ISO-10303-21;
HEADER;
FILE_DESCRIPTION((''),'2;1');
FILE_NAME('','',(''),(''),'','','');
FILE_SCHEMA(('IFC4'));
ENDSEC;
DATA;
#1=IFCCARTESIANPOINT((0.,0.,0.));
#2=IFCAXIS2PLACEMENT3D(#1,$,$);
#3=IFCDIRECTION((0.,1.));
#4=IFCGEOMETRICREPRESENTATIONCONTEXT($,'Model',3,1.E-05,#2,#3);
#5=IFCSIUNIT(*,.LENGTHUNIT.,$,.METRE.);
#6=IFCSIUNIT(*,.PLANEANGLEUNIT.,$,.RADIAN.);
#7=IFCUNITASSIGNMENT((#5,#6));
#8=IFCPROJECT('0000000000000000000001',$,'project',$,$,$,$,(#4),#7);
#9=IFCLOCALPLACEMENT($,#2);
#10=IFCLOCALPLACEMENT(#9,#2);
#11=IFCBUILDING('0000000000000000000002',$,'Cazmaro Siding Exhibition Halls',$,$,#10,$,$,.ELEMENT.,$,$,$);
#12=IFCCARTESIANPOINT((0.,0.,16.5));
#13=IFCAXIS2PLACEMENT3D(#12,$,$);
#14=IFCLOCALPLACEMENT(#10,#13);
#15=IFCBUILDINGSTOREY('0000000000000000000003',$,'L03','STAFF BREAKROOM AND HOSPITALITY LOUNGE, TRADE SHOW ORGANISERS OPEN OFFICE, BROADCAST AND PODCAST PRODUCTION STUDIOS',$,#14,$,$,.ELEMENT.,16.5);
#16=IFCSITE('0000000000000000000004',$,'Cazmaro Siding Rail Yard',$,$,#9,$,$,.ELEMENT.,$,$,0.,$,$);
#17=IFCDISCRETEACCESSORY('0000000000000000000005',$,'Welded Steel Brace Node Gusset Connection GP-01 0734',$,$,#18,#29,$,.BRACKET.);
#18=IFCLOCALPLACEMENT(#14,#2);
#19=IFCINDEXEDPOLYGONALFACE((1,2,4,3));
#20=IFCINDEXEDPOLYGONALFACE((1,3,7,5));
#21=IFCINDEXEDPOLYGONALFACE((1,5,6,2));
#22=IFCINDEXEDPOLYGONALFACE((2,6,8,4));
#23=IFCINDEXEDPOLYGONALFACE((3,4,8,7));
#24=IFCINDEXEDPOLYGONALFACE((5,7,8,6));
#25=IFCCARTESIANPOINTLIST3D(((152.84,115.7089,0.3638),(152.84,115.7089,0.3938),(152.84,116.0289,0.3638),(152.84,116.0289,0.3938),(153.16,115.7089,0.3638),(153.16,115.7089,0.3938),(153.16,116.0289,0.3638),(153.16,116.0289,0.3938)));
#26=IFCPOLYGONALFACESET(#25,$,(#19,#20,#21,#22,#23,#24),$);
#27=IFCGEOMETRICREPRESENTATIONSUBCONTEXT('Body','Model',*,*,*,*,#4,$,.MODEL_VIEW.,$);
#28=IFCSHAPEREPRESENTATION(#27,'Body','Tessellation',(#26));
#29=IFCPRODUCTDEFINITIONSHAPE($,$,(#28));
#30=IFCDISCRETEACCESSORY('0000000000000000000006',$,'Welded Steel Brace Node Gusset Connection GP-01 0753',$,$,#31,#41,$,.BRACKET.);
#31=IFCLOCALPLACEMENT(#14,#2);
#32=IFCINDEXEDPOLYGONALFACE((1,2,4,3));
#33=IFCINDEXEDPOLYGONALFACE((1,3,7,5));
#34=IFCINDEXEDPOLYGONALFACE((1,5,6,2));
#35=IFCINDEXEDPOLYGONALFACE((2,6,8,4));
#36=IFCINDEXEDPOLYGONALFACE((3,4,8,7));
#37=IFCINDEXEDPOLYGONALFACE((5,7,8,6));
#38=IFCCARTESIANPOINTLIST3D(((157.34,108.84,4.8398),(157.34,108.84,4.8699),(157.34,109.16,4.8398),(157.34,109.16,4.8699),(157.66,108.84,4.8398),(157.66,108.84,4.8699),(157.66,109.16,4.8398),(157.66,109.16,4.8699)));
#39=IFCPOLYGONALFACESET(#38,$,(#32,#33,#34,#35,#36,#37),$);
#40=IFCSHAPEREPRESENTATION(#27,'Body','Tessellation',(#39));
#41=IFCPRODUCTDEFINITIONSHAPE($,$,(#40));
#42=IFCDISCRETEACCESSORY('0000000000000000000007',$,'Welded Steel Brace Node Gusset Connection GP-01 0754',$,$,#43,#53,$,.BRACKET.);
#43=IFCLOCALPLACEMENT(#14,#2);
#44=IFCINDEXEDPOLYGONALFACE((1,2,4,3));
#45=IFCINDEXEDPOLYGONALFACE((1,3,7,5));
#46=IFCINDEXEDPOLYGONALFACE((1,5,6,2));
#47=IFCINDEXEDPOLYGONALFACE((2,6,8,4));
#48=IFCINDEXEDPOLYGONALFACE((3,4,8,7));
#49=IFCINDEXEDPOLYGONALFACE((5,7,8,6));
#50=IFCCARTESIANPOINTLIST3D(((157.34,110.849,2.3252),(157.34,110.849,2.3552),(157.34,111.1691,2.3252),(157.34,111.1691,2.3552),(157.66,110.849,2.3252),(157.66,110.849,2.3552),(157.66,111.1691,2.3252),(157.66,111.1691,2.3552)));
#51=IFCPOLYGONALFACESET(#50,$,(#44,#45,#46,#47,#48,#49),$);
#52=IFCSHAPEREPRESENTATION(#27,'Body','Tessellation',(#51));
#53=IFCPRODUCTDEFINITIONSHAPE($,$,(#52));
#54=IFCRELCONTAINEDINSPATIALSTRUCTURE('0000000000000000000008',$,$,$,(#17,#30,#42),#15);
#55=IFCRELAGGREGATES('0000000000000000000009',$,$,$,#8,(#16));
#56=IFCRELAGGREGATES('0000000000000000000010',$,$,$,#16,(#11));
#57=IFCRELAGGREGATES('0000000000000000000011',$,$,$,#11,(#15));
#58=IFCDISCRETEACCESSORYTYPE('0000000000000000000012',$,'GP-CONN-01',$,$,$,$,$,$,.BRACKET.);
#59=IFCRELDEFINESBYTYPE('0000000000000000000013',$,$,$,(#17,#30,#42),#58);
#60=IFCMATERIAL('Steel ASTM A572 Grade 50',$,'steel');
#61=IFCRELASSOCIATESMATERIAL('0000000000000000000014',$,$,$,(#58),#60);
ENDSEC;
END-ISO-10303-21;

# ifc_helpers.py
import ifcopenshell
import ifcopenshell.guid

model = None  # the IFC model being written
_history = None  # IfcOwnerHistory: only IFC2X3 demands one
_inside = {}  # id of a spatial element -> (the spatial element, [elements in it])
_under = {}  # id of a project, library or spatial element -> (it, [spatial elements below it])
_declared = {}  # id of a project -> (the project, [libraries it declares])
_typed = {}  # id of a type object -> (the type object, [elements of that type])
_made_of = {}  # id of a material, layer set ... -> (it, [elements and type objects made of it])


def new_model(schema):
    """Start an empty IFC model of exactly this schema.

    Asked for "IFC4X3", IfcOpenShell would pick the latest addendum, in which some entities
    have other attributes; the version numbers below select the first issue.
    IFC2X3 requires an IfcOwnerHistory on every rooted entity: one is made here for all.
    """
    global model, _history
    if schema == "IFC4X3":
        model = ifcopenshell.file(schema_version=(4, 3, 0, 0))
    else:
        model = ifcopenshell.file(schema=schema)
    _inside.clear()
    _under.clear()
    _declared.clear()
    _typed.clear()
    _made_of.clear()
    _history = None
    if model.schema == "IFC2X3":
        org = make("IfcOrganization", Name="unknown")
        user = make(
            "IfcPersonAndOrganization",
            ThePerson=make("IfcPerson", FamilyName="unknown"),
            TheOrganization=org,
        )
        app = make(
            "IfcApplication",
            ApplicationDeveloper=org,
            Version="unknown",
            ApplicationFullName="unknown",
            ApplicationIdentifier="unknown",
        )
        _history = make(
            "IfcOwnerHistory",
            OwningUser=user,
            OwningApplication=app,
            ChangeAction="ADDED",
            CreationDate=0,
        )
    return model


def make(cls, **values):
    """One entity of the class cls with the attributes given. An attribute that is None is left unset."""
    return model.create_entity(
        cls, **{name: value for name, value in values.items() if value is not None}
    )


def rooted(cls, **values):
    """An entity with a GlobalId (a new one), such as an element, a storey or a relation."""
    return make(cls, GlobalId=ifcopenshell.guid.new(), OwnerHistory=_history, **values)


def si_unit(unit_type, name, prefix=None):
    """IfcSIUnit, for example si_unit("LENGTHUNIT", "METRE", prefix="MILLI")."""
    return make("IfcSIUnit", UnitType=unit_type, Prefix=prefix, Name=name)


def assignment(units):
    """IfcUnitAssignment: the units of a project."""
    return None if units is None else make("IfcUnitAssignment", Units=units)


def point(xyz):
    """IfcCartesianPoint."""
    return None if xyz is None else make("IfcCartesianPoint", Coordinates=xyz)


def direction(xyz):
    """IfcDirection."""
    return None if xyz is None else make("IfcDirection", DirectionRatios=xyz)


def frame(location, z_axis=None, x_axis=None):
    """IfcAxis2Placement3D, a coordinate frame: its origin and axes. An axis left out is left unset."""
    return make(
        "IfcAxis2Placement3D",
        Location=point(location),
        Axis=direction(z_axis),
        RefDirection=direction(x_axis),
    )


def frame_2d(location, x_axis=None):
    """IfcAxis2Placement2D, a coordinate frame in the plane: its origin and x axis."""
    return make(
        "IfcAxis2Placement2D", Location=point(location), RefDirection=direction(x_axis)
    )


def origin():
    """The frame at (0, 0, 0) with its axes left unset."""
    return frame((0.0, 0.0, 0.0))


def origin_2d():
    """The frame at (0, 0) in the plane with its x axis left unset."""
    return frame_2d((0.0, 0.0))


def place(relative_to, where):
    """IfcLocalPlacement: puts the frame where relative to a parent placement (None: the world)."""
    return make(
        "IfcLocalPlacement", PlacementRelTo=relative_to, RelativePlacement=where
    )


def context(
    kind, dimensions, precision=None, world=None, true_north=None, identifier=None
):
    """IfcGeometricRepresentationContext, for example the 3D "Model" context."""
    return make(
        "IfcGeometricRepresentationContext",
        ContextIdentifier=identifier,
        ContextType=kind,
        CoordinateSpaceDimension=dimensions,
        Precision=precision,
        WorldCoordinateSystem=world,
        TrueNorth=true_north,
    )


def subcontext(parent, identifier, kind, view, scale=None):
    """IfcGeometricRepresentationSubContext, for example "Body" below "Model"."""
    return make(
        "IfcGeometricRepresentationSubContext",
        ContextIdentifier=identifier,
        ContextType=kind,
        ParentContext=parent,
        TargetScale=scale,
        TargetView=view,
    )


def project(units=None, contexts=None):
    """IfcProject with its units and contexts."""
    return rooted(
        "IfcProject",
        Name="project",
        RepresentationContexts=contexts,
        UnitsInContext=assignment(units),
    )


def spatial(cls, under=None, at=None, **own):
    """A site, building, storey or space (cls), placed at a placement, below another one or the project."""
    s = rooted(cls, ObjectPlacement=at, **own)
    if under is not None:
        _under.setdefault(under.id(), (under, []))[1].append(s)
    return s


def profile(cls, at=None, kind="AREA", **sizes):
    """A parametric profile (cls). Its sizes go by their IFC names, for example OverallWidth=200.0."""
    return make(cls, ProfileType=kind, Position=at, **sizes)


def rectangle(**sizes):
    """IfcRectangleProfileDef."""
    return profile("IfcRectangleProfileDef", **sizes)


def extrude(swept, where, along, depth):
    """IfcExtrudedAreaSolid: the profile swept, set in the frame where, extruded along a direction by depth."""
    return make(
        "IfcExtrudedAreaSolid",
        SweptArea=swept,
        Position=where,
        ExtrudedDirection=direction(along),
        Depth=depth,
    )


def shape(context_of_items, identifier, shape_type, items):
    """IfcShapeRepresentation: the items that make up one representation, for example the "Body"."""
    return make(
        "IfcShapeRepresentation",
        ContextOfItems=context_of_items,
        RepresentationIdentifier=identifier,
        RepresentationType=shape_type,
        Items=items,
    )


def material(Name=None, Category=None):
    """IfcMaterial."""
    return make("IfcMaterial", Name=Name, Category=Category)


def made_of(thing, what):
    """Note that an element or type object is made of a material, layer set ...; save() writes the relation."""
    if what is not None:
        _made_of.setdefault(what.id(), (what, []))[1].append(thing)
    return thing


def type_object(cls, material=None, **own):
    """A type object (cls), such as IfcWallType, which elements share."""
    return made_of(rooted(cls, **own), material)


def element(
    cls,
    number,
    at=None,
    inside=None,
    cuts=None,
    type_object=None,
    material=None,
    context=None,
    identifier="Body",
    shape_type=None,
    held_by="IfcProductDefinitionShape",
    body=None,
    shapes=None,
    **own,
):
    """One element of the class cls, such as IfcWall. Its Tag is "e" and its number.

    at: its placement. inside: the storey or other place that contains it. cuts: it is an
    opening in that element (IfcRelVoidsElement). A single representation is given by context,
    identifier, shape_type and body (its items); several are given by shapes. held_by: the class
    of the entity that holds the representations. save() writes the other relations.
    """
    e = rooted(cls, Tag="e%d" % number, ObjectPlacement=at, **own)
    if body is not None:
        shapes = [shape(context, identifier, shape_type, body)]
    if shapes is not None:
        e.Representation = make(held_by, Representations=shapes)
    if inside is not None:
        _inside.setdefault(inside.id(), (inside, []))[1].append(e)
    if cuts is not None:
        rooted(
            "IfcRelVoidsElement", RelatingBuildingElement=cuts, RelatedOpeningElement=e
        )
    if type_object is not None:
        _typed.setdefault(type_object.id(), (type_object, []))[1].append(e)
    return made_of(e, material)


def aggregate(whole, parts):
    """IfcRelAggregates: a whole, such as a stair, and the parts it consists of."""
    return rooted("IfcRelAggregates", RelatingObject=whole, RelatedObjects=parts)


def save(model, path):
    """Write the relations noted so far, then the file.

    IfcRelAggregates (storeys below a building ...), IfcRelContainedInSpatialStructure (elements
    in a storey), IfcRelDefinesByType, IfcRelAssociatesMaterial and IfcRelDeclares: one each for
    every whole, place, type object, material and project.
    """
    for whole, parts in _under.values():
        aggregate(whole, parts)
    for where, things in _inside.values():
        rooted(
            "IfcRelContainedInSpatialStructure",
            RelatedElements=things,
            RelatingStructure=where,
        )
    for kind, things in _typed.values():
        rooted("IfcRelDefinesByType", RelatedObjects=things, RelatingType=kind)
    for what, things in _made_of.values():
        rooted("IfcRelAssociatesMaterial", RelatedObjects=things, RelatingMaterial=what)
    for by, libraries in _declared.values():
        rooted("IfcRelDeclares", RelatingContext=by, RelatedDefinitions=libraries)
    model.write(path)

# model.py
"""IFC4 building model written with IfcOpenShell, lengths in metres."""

from ifc_helpers import new_model, si_unit, direction, frame, origin, origin_2d, place, context, subcontext, project, spatial, rectangle, extrude, material, type_object, element, save


model = new_model("IFC4")

# Units and contexts
model_context = context("Model", 3, precision=1e-05, world=origin(), true_north=direction((0.0, 1.0)))
body_context = subcontext(model_context, "Body", "Model", "MODEL_VIEW")
ifc_project = project(units=[si_unit("LENGTHUNIT", "METRE"), si_unit("PLANEANGLEUNIT", "RADIAN")], contexts=[model_context])

# Site, building, storey
site_placement = place(None, origin())
site = spatial("IfcSite", under=ifc_project, at=site_placement, Name="Cazmaro Siding Rail Yard", CompositionType="ELEMENT", RefElevation=0.0)
building_placement = place(site_placement, origin())
building = spatial("IfcBuilding", under=site, at=building_placement, Name="Cazmaro Siding Exhibition Halls", CompositionType="ELEMENT")
storey_placement = place(building_placement, frame((0.0, 0.0, 16.5)))
storey = spatial("IfcBuildingStorey", under=building, at=storey_placement, Name="L03", Description="STAFF BREAKROOM AND HOSPITALITY LOUNGE, TRADE SHOW ORGANISERS OPEN OFFICE, BROADCAST AND PODCAST PRODUCTION STUDIOS", CompositionType="ELEMENT", Elevation=16.5)

# Discrete accessories
ifc_material_1 = material(Name="Steel ASTM A572 Grade 50", Category="steel")
discrete_accessory_type = type_object("IfcDiscreteAccessoryType", Name="GP-CONN-01", PredefinedType="BRACKET", material=ifc_material_1)
for number, where, z_axis, x_axis, name in (
    (1, (153.0, 115.8689, 0.3638), (0.0, 0.0, 1.0), (1.0, 0.0, 0.0), "Welded Steel Brace Node Gusset Connection GP-01 0734"),
    (2, (157.5, 109.0, 4.8398), (0.0, 0.0, 1.0), (1.0, 0.0, 0.0), "Welded Steel Brace Node Gusset Connection GP-01 0753"),
    (3, (157.5, 111.009, 2.3252), (0.0, 0.0, 1.0), (1.0, 0.0, 0.0), "Welded Steel Brace Node Gusset Connection GP-01 0754"),
):
    element("IfcDiscreteAccessory", number, at=place(storey_placement, frame(where, z_axis=z_axis, x_axis=x_axis)), inside=storey, type_object=discrete_accessory_type, Name=name, PredefinedType="BRACKET", context=body_context, shape_type="SweptSolid", body=[
        extrude(rectangle(XDim=0.3201, YDim=0.3201, at=origin_2d()), origin(), (0.0, 0.0, 1.0), 0.03),
    ])

save(model, "model.ifc")
